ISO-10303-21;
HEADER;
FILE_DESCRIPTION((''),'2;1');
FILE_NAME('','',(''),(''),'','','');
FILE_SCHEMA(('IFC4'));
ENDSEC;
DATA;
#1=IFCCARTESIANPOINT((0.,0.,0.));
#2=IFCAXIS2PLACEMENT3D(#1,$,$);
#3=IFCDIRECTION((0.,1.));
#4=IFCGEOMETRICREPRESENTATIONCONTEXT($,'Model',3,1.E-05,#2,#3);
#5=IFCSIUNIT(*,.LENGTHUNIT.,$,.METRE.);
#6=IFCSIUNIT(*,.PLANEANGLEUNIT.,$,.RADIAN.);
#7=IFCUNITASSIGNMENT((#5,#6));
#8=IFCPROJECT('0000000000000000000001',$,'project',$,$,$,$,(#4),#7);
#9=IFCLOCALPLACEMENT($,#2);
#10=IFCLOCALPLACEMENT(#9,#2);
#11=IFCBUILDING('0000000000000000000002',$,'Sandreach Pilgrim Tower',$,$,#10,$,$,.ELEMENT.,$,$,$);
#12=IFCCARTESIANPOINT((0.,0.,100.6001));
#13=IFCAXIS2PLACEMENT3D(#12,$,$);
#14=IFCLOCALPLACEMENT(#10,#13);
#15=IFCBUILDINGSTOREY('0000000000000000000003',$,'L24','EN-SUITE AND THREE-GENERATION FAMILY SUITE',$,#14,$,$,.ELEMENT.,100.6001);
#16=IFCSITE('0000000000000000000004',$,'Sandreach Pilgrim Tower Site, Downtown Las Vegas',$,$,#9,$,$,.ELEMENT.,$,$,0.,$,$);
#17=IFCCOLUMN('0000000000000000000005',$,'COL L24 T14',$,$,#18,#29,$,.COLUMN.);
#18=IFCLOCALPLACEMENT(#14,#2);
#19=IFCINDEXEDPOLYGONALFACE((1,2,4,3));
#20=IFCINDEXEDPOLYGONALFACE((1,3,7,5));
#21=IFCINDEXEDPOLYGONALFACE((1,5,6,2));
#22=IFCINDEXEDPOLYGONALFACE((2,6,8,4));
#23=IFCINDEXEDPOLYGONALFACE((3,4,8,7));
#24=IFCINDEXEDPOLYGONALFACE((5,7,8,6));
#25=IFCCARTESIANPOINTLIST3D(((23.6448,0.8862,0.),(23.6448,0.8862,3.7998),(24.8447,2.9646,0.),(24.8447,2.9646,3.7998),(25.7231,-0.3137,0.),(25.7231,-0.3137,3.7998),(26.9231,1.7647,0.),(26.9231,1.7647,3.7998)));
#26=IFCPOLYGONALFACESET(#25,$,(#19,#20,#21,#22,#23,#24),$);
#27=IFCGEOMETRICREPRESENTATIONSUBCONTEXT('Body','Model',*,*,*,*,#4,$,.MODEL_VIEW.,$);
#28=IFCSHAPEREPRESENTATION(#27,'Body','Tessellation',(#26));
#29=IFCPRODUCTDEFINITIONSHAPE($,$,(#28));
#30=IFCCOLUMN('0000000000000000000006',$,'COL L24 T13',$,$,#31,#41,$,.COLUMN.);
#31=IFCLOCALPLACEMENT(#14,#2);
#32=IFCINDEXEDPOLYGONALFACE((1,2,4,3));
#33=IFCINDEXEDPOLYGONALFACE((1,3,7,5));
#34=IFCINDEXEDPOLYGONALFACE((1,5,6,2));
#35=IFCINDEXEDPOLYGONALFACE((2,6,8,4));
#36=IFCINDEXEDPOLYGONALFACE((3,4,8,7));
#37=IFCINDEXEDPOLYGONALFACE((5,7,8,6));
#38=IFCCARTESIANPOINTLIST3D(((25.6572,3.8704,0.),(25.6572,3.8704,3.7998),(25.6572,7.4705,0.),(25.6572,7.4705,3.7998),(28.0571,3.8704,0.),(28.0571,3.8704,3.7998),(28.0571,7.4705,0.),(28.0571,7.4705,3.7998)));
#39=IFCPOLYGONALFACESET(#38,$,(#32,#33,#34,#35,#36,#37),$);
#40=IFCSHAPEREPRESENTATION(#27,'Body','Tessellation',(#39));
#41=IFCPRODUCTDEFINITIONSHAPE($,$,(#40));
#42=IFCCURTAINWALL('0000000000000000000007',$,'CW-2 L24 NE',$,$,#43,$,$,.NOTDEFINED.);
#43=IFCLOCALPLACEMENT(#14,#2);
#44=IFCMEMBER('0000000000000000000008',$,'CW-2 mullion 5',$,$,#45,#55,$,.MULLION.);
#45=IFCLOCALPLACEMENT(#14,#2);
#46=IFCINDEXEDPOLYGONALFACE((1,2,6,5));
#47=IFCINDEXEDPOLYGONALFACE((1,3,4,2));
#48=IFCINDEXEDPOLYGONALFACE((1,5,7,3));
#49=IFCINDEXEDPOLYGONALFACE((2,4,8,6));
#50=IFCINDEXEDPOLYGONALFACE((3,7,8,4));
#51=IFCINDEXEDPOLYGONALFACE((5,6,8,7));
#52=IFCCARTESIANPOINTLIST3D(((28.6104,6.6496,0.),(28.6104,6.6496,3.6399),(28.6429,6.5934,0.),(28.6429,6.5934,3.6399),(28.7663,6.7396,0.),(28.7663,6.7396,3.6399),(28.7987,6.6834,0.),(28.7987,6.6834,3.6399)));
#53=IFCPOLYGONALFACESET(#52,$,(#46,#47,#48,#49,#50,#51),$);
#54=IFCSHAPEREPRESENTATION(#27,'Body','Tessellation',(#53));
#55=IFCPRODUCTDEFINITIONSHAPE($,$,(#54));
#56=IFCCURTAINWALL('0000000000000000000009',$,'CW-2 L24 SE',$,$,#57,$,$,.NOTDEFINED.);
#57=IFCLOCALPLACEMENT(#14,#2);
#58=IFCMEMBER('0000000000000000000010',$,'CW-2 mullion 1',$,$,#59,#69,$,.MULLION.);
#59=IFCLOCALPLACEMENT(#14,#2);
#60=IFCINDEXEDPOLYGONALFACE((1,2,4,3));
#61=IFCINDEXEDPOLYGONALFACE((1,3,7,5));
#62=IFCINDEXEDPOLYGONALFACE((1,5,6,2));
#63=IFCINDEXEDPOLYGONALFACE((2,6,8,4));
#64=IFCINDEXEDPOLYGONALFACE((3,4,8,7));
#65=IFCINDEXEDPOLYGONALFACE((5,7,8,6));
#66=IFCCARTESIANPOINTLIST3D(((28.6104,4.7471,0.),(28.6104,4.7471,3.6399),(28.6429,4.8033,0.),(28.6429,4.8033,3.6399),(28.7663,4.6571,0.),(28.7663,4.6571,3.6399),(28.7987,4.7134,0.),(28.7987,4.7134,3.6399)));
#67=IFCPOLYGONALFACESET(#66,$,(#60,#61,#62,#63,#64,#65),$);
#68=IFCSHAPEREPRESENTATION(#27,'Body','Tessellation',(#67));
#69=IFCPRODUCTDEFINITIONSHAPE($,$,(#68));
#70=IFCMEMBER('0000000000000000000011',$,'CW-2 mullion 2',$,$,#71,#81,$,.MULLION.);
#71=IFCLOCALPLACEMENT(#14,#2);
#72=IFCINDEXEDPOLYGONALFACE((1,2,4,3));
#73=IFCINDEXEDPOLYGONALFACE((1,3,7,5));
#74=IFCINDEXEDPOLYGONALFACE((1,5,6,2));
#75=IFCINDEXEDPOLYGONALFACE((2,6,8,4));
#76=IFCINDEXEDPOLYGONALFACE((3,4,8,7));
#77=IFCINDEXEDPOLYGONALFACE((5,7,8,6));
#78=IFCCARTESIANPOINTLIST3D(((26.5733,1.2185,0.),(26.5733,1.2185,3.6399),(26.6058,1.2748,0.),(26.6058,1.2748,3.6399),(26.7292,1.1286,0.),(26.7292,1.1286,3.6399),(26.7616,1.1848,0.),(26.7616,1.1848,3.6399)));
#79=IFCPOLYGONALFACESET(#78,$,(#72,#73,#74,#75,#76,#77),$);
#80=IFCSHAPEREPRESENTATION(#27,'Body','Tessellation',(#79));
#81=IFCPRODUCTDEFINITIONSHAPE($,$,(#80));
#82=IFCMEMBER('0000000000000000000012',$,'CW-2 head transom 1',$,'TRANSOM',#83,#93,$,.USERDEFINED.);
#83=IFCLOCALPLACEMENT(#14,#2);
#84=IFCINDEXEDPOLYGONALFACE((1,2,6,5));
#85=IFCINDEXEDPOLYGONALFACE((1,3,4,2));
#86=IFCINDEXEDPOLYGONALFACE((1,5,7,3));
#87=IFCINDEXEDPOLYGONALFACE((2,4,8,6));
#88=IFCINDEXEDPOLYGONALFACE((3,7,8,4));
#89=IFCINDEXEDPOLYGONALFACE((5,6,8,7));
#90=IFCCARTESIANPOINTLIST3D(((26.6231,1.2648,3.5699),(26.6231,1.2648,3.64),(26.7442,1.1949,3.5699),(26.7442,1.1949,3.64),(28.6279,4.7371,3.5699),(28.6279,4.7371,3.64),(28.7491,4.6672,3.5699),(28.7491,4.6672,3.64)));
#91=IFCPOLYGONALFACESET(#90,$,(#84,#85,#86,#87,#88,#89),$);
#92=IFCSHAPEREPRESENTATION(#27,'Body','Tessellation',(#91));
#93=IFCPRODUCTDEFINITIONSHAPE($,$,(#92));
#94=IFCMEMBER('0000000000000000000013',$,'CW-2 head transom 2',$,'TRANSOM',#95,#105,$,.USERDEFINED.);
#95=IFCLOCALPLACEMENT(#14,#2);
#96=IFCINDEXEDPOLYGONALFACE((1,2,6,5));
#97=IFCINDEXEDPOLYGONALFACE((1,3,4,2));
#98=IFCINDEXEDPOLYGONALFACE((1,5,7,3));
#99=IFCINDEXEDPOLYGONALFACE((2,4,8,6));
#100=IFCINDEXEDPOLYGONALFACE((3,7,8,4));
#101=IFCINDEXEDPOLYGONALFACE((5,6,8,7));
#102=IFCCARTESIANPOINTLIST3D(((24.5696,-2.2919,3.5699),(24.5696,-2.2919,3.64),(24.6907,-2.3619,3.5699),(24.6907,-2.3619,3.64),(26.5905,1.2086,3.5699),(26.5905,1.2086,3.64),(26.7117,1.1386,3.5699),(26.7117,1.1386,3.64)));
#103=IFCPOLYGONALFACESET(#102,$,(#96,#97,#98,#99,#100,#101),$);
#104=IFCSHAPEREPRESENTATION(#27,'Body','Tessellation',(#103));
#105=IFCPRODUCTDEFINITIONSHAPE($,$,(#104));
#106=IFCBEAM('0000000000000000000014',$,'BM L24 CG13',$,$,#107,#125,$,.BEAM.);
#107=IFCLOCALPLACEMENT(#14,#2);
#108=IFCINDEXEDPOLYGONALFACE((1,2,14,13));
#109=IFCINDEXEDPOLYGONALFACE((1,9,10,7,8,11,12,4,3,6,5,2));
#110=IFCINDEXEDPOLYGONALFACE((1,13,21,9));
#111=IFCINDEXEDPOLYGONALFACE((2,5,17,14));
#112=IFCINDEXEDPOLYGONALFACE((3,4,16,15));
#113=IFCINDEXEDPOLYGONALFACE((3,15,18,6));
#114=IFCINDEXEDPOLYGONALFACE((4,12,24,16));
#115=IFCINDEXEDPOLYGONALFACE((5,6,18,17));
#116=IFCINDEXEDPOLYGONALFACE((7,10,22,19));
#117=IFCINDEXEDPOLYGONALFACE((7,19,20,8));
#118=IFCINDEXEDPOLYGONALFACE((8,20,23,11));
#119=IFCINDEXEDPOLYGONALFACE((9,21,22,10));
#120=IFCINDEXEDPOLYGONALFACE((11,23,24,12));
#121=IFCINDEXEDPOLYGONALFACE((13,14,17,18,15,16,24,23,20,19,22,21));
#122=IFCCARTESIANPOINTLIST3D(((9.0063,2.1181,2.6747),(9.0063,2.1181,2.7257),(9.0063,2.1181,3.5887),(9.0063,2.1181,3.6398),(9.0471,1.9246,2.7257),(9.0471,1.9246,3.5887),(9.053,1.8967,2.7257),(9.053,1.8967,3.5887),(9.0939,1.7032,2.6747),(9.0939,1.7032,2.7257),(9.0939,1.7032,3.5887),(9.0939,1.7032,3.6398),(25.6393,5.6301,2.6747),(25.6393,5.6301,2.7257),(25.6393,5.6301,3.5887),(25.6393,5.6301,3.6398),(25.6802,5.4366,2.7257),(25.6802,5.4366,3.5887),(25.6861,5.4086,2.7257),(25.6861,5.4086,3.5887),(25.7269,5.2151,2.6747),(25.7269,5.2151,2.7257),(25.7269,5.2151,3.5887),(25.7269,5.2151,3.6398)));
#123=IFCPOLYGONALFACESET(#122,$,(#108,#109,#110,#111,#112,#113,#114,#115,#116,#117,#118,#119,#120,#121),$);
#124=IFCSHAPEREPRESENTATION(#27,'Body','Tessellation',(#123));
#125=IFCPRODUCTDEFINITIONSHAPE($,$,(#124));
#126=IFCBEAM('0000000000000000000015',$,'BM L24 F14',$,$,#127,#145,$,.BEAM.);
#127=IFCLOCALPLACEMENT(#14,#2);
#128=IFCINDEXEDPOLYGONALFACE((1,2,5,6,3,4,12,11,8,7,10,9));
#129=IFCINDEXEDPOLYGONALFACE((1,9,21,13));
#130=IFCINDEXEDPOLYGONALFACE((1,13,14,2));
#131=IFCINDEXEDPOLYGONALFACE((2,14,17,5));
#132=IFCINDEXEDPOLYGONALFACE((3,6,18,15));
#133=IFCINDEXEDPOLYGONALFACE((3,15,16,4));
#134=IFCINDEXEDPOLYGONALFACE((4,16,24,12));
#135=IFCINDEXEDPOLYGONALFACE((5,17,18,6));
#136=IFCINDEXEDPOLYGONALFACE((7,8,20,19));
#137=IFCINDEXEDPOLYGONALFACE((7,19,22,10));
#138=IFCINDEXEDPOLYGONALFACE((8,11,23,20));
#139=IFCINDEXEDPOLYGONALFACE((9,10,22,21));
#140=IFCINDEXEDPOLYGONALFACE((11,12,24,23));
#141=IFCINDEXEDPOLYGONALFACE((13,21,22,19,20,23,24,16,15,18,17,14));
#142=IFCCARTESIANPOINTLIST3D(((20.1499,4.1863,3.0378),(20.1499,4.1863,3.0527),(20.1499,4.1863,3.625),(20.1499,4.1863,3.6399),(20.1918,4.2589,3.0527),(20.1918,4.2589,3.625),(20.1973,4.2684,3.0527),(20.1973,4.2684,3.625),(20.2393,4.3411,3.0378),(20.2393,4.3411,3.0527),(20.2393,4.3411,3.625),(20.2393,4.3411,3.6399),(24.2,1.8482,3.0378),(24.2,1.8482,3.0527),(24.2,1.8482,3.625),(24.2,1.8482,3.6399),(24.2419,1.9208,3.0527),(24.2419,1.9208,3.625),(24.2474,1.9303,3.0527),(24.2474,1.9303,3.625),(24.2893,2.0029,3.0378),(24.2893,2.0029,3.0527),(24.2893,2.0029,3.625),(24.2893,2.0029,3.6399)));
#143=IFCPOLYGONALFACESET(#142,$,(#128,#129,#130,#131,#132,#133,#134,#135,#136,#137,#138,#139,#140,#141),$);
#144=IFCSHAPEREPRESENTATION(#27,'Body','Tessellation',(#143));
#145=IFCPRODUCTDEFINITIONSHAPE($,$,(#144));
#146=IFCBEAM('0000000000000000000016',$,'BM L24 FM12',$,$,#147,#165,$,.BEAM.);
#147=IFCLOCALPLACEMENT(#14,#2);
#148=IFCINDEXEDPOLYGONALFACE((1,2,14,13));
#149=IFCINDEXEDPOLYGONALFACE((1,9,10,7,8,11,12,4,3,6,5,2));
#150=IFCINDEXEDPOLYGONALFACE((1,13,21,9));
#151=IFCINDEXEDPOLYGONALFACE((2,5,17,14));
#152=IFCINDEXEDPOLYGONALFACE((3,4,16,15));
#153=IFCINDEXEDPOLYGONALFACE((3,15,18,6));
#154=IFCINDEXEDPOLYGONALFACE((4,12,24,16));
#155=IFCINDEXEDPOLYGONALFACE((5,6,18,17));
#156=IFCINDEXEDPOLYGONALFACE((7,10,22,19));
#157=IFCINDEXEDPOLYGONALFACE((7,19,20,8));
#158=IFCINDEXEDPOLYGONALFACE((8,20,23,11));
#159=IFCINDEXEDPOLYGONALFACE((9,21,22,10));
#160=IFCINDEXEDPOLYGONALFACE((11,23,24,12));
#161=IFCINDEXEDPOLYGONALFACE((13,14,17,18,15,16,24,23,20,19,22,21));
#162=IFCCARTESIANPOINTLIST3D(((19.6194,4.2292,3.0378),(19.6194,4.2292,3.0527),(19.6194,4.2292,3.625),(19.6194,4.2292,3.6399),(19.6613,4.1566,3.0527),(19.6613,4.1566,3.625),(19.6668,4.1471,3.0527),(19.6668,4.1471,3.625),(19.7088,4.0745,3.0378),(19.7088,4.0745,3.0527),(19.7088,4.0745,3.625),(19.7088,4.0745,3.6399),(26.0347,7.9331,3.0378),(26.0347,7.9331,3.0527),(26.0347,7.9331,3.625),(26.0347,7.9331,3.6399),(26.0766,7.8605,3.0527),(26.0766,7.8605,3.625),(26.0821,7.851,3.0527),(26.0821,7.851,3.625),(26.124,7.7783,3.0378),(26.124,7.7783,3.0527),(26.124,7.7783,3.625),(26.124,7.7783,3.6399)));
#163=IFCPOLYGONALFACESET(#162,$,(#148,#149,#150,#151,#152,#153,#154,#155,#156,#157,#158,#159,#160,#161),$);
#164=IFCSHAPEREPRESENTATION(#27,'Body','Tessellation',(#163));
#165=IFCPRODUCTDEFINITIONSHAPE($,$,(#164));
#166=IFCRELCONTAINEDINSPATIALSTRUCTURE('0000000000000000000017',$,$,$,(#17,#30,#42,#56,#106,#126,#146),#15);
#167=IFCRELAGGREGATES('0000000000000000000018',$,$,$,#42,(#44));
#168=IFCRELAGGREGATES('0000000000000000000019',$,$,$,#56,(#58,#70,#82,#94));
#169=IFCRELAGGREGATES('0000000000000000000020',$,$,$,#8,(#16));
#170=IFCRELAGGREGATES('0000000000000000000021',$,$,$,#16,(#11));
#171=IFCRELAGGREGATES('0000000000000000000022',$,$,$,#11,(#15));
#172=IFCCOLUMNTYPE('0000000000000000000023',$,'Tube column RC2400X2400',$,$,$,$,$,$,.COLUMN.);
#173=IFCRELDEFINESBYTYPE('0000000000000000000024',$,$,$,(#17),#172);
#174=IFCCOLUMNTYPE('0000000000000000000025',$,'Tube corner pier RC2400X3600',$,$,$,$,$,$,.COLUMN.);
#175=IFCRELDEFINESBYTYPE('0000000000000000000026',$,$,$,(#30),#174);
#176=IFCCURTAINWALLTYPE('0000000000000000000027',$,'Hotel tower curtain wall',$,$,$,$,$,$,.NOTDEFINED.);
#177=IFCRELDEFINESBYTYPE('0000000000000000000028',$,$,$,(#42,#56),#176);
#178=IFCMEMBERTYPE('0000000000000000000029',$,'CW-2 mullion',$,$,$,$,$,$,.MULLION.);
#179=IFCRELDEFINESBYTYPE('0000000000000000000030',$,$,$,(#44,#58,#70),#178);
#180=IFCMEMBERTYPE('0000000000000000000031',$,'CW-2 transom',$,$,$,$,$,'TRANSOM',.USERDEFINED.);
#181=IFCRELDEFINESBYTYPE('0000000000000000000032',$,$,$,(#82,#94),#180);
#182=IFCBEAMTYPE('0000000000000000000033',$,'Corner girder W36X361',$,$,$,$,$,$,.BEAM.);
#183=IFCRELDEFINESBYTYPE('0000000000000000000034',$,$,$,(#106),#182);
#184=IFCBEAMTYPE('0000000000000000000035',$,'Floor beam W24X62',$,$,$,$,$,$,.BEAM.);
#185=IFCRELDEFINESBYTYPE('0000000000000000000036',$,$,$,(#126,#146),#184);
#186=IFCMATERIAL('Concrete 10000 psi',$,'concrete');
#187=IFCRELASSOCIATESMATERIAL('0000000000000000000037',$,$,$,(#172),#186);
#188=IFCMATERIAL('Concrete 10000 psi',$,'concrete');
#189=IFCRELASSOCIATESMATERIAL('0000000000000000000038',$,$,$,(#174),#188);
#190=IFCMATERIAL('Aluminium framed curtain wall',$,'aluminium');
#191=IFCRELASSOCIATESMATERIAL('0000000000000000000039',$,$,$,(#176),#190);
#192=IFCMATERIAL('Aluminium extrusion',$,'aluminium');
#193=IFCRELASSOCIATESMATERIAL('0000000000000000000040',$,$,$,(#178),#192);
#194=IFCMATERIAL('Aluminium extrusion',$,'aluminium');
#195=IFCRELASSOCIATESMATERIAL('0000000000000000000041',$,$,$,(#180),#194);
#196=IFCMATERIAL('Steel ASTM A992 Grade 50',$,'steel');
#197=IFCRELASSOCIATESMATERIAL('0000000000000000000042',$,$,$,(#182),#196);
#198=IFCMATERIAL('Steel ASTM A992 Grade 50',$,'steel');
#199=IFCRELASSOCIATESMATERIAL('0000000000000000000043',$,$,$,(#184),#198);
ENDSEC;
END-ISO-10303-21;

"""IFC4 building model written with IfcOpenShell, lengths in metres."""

from ifc_helpers import new_model, si_unit, direction, frame, origin, origin_2d, place, context, subcontext, project, spatial, rectangle, i_section, extrude, material, material_profile, profile_set, type_object, element, aggregate, save


model = new_model("IFC4")

# Units and contexts
model_context = context("Model", 3, precision=1e-05, world=origin(), true_north=direction((0.0, 1.0)))
body_context = subcontext(model_context, "Body", "Model", "MODEL_VIEW")
ifc_project = project(units=[si_unit("LENGTHUNIT", "METRE"), si_unit("PLANEANGLEUNIT", "RADIAN")], contexts=[model_context])

# Site, building, storey
site_placement = place(None, origin())
site = spatial("IfcSite", under=ifc_project, at=site_placement, Name="Sandreach Pilgrim Tower Site, Downtown Las Vegas", CompositionType="ELEMENT", RefElevation=0.0)
building_placement = place(site_placement, origin())
building = spatial("IfcBuilding", under=site, at=building_placement, Name="Sandreach Pilgrim Tower", CompositionType="ELEMENT")
storey_placement = place(building_placement, frame((0.0, 0.0, 100.6001)))
storey = spatial("IfcBuildingStorey", under=building, at=storey_placement, Name="L24", Description="EN-SUITE AND THREE-GENERATION FAMILY SUITE", CompositionType="ELEMENT", Elevation=100.6001)

# Columns
ifc_material_1 = material(Name="Concrete 10000 psi", Category="concrete")
ifc_material_profile_1 = material_profile(ifc_material_1, rectangle(XDim=2.3999, YDim=2.3999, at=origin_2d()), Name="RC2400X2400")
ifc_profile_set_1 = profile_set([ifc_material_profile_1], Name="Concrete 10000 psi")
column_type_1 = type_object("IfcColumnType", Name="Tube column RC2400X2400", PredefinedType="COLUMN", material=ifc_profile_set_1)
column_1_placement = place(storey_placement, frame((25.2839, 1.3254, 0.0), z_axis=(0.0, 0.0, 1.0), x_axis=(0.866025, -0.5, 0.0)))
element("IfcColumn", 1, at=column_1_placement, inside=storey, type_object=column_type_1, Name="COL L24 T14", PredefinedType="COLUMN", context=body_context, shape_type="SweptSolid", body=[
    extrude(rectangle(XDim=2.3999, YDim=2.3999, at=origin_2d()), origin(), (0.0, 0.0, 1.0), 3.7998),
])
ifc_material_2 = material(Name="Concrete 10000 psi", Category="concrete")
ifc_material_profile_2 = material_profile(ifc_material_2, rectangle(XDim=2.3999, YDim=3.6001, at=origin_2d()), Name="RC2400X3600")
ifc_profile_set_2 = profile_set([ifc_material_profile_2], Name="Concrete 10000 psi")
column_type_2 = type_object("IfcColumnType", Name="Tube corner pier RC2400X3600", PredefinedType="COLUMN", material=ifc_profile_set_2)
column_2_placement = place(storey_placement, frame((26.8572, 5.6704, 0.0), z_axis=(0.0, 0.0, 1.0), x_axis=(1.0, 0.0, 0.0)))
element("IfcColumn", 2, at=column_2_placement, inside=storey, type_object=column_type_2, Name="COL L24 T13", PredefinedType="COLUMN", context=body_context, shape_type="SweptSolid", body=[
    extrude(rectangle(XDim=2.3999, YDim=3.6001, at=origin_2d()), origin(), (0.0, 0.0, 1.0), 3.7998),
])

# Curtain wall, member
ifc_material_3 = material(Name="Aluminium framed curtain wall", Category="aluminium")
curtain_wall_type = type_object("IfcCurtainWallType", Name="Hotel tower curtain wall", PredefinedType="NOTDEFINED", material=ifc_material_3)
curtain_wall_1_placement = place(storey_placement, origin())
curtain_wall_1 = element("IfcCurtainWall", 3, at=curtain_wall_1_placement, inside=storey, type_object=curtain_wall_type, Name="CW-2 L24 NE", PredefinedType="NOTDEFINED")
ifc_material_4 = material(Name="Aluminium extrusion", Category="aluminium")
ifc_material_profile_3 = material_profile(ifc_material_4, rectangle(XDim=0.0649, YDim=0.1799, at=origin_2d()), Name="CW-2M 65X180")
ifc_profile_set_3 = profile_set([ifc_material_profile_3], Name="Aluminium extrusion")
member_type_1 = type_object("IfcMemberType", Name="CW-2 mullion", PredefinedType="MULLION", material=ifc_profile_set_3)
member_1_placement = place(storey_placement, frame((28.7046, 6.6665, 0.0), z_axis=(0.0, 0.0, 1.0), x_axis=(0.5, -0.866025, 0.0)))
member_1 = element("IfcMember", 4, at=member_1_placement, type_object=member_type_1, Name="CW-2 mullion 5", PredefinedType="MULLION", context=body_context, shape_type="SweptSolid", body=[
    extrude(rectangle(XDim=0.0649, YDim=0.1799, at=origin_2d()), origin(), (0.0, 0.0, 1.0), 3.6399),
])

# Curtain wall, members
curtain_wall_2_placement = place(storey_placement, origin())
curtain_wall_2 = element("IfcCurtainWall", 5, at=curtain_wall_2_placement, inside=storey, type_object=curtain_wall_type, Name="CW-2 L24 SE", PredefinedType="NOTDEFINED")
member_2_placement = place(storey_placement, frame((28.7046, 4.7302, 0.0), z_axis=(0.0, 0.0, 1.0), x_axis=(-0.5, -0.866025, 0.0)))
member_2 = element("IfcMember", 6, at=member_2_placement, type_object=member_type_1, Name="CW-2 mullion 1", PredefinedType="MULLION", context=body_context, shape_type="SweptSolid", body=[
    extrude(rectangle(XDim=0.0649, YDim=0.1799, at=origin_2d()), origin(), (0.0, 0.0, 1.0), 3.6399),
])
member_3_placement = place(storey_placement, frame((26.6675, 1.2017, 0.0), z_axis=(0.0, 0.0, 1.0), x_axis=(-0.5, -0.866025, 0.0)))
member_3 = element("IfcMember", 7, at=member_3_placement, type_object=member_type_1, Name="CW-2 mullion 2", PredefinedType="MULLION", context=body_context, shape_type="SweptSolid", body=[
    extrude(rectangle(XDim=0.0649, YDim=0.1799, at=origin_2d()), origin(), (0.0, 0.0, 1.0), 3.6399),
])
ifc_material_5 = material(Name="Aluminium extrusion", Category="aluminium")
ifc_material_profile_4 = material_profile(ifc_material_5, rectangle(XDim=0.1399, YDim=0.0701, at=origin_2d()), Name="CW-2T 140X70")
ifc_profile_set_4 = profile_set([ifc_material_profile_4], Name="Aluminium extrusion")
member_type_2 = type_object("IfcMemberType", Name="CW-2 transom", ElementType="TRANSOM", PredefinedType="USERDEFINED", material=ifc_profile_set_4)
member_4_placement = place(storey_placement, frame((28.6885, 4.7021, 3.605), z_axis=(-0.500016, -0.866016, 0.0), x_axis=(0.866016, -0.500016, 0.0)))
member_4 = element("IfcMember", 8, at=member_4_placement, type_object=member_type_2, Name="CW-2 head transom 1", ObjectType="TRANSOM", PredefinedType="USERDEFINED", context=body_context, shape_type="SweptSolid", body=[
    extrude(rectangle(XDim=0.1399, YDim=0.0701, at=origin_2d()), origin(), (0.0, 0.0, 1.0), 4.0095),
])
member_5_placement = place(storey_placement, frame((26.6511, 1.1736, 3.605), z_axis=(-0.499998, -0.866027, 0.0), x_axis=(0.866027, -0.499998, 0.0)))
member_5 = element("IfcMember", 9, at=member_5_placement, type_object=member_type_2, Name="CW-2 head transom 2", ObjectType="TRANSOM", PredefinedType="USERDEFINED", context=body_context, shape_type="SweptSolid", body=[
    extrude(rectangle(XDim=0.1399, YDim=0.0701, at=origin_2d()), origin(), (0.0, 0.0, 1.0), 4.042),
])

# Beams
ifc_material_6 = material(Name="Steel ASTM A992 Grade 50", Category="steel")
ifc_material_profile_5 = material_profile(ifc_material_6, i_section(OverallWidth=0.4241, OverallDepth=0.9651, WebThickness=0.0286, FlangeThickness=0.051, at=origin_2d()), Name="W36X361")
ifc_profile_set_5 = profile_set([ifc_material_profile_5], Name="Steel ASTM A992 Grade 50")
beam_type_1 = type_object("IfcBeamType", Name="Corner girder W36X361", PredefinedType="BEAM", material=ifc_profile_set_5)
beam_1_placement = place(storey_placement, frame((25.6831, 5.4226, 3.1572), z_axis=(-0.978428, -0.206589, 0.0), x_axis=(0.206589, -0.978428, 0.0)))
element("IfcBeam", 10, at=beam_1_placement, inside=storey, type_object=beam_type_1, Name="BM L24 CG13", PredefinedType="BEAM", context=body_context, shape_type="SweptSolid", body=[
    extrude(i_section(OverallWidth=0.4241, OverallDepth=0.9651, WebThickness=0.0286, FlangeThickness=0.051, at=origin_2d()), origin(), (0.0, 0.0, 1.0), 16.9998),
])
ifc_material_7 = material(Name="Steel ASTM A992 Grade 50", Category="steel")
ifc_material_profile_6 = material_profile(ifc_material_7, i_section(OverallWidth=0.1787, OverallDepth=0.6021, WebThickness=0.011, FlangeThickness=0.0149, at=origin_2d()), Name="W24X62")
ifc_profile_set_6 = profile_set([ifc_material_profile_6], Name="Steel ASTM A992 Grade 50")
beam_type_2 = type_object("IfcBeamType", Name="Floor beam W24X62", PredefinedType="BEAM", material=ifc_profile_set_6)
beam_2_placement = place(storey_placement, frame((24.2446, 1.9255, 3.3389), z_axis=(-0.86604, 0.499974, 0.0), x_axis=(-0.499974, -0.86604, 0.0)))
element("IfcBeam", 11, at=beam_2_placement, inside=storey, type_object=beam_type_2, Name="BM L24 F14", PredefinedType="BEAM", context=body_context, shape_type="SweptSolid", body=[
    extrude(i_section(OverallWidth=0.1787, OverallDepth=0.6021, WebThickness=0.011, FlangeThickness=0.0149, at=origin_2d()), origin(), (0.0, 0.0, 1.0), 4.6765),
])
beam_3_placement = place(storey_placement, frame((26.0793, 7.8557, 3.3389), z_axis=(-0.866026, -0.499999, 0.0), x_axis=(0.499999, -0.866026, 0.0)))
element("IfcBeam", 12, at=beam_3_placement, inside=storey, type_object=beam_type_2, Name="BM L24 FM12", PredefinedType="BEAM", context=body_context, shape_type="SweptSolid", body=[
    extrude(i_section(OverallWidth=0.1787, OverallDepth=0.6021, WebThickness=0.011, FlangeThickness=0.0149, at=origin_2d()), origin(), (0.0, 0.0, 1.0), 7.4077),
])

aggregate(curtain_wall_1, [member_1])
aggregate(curtain_wall_2, [member_2, member_3, member_4, member_5])

save(model, "model.ifc")
